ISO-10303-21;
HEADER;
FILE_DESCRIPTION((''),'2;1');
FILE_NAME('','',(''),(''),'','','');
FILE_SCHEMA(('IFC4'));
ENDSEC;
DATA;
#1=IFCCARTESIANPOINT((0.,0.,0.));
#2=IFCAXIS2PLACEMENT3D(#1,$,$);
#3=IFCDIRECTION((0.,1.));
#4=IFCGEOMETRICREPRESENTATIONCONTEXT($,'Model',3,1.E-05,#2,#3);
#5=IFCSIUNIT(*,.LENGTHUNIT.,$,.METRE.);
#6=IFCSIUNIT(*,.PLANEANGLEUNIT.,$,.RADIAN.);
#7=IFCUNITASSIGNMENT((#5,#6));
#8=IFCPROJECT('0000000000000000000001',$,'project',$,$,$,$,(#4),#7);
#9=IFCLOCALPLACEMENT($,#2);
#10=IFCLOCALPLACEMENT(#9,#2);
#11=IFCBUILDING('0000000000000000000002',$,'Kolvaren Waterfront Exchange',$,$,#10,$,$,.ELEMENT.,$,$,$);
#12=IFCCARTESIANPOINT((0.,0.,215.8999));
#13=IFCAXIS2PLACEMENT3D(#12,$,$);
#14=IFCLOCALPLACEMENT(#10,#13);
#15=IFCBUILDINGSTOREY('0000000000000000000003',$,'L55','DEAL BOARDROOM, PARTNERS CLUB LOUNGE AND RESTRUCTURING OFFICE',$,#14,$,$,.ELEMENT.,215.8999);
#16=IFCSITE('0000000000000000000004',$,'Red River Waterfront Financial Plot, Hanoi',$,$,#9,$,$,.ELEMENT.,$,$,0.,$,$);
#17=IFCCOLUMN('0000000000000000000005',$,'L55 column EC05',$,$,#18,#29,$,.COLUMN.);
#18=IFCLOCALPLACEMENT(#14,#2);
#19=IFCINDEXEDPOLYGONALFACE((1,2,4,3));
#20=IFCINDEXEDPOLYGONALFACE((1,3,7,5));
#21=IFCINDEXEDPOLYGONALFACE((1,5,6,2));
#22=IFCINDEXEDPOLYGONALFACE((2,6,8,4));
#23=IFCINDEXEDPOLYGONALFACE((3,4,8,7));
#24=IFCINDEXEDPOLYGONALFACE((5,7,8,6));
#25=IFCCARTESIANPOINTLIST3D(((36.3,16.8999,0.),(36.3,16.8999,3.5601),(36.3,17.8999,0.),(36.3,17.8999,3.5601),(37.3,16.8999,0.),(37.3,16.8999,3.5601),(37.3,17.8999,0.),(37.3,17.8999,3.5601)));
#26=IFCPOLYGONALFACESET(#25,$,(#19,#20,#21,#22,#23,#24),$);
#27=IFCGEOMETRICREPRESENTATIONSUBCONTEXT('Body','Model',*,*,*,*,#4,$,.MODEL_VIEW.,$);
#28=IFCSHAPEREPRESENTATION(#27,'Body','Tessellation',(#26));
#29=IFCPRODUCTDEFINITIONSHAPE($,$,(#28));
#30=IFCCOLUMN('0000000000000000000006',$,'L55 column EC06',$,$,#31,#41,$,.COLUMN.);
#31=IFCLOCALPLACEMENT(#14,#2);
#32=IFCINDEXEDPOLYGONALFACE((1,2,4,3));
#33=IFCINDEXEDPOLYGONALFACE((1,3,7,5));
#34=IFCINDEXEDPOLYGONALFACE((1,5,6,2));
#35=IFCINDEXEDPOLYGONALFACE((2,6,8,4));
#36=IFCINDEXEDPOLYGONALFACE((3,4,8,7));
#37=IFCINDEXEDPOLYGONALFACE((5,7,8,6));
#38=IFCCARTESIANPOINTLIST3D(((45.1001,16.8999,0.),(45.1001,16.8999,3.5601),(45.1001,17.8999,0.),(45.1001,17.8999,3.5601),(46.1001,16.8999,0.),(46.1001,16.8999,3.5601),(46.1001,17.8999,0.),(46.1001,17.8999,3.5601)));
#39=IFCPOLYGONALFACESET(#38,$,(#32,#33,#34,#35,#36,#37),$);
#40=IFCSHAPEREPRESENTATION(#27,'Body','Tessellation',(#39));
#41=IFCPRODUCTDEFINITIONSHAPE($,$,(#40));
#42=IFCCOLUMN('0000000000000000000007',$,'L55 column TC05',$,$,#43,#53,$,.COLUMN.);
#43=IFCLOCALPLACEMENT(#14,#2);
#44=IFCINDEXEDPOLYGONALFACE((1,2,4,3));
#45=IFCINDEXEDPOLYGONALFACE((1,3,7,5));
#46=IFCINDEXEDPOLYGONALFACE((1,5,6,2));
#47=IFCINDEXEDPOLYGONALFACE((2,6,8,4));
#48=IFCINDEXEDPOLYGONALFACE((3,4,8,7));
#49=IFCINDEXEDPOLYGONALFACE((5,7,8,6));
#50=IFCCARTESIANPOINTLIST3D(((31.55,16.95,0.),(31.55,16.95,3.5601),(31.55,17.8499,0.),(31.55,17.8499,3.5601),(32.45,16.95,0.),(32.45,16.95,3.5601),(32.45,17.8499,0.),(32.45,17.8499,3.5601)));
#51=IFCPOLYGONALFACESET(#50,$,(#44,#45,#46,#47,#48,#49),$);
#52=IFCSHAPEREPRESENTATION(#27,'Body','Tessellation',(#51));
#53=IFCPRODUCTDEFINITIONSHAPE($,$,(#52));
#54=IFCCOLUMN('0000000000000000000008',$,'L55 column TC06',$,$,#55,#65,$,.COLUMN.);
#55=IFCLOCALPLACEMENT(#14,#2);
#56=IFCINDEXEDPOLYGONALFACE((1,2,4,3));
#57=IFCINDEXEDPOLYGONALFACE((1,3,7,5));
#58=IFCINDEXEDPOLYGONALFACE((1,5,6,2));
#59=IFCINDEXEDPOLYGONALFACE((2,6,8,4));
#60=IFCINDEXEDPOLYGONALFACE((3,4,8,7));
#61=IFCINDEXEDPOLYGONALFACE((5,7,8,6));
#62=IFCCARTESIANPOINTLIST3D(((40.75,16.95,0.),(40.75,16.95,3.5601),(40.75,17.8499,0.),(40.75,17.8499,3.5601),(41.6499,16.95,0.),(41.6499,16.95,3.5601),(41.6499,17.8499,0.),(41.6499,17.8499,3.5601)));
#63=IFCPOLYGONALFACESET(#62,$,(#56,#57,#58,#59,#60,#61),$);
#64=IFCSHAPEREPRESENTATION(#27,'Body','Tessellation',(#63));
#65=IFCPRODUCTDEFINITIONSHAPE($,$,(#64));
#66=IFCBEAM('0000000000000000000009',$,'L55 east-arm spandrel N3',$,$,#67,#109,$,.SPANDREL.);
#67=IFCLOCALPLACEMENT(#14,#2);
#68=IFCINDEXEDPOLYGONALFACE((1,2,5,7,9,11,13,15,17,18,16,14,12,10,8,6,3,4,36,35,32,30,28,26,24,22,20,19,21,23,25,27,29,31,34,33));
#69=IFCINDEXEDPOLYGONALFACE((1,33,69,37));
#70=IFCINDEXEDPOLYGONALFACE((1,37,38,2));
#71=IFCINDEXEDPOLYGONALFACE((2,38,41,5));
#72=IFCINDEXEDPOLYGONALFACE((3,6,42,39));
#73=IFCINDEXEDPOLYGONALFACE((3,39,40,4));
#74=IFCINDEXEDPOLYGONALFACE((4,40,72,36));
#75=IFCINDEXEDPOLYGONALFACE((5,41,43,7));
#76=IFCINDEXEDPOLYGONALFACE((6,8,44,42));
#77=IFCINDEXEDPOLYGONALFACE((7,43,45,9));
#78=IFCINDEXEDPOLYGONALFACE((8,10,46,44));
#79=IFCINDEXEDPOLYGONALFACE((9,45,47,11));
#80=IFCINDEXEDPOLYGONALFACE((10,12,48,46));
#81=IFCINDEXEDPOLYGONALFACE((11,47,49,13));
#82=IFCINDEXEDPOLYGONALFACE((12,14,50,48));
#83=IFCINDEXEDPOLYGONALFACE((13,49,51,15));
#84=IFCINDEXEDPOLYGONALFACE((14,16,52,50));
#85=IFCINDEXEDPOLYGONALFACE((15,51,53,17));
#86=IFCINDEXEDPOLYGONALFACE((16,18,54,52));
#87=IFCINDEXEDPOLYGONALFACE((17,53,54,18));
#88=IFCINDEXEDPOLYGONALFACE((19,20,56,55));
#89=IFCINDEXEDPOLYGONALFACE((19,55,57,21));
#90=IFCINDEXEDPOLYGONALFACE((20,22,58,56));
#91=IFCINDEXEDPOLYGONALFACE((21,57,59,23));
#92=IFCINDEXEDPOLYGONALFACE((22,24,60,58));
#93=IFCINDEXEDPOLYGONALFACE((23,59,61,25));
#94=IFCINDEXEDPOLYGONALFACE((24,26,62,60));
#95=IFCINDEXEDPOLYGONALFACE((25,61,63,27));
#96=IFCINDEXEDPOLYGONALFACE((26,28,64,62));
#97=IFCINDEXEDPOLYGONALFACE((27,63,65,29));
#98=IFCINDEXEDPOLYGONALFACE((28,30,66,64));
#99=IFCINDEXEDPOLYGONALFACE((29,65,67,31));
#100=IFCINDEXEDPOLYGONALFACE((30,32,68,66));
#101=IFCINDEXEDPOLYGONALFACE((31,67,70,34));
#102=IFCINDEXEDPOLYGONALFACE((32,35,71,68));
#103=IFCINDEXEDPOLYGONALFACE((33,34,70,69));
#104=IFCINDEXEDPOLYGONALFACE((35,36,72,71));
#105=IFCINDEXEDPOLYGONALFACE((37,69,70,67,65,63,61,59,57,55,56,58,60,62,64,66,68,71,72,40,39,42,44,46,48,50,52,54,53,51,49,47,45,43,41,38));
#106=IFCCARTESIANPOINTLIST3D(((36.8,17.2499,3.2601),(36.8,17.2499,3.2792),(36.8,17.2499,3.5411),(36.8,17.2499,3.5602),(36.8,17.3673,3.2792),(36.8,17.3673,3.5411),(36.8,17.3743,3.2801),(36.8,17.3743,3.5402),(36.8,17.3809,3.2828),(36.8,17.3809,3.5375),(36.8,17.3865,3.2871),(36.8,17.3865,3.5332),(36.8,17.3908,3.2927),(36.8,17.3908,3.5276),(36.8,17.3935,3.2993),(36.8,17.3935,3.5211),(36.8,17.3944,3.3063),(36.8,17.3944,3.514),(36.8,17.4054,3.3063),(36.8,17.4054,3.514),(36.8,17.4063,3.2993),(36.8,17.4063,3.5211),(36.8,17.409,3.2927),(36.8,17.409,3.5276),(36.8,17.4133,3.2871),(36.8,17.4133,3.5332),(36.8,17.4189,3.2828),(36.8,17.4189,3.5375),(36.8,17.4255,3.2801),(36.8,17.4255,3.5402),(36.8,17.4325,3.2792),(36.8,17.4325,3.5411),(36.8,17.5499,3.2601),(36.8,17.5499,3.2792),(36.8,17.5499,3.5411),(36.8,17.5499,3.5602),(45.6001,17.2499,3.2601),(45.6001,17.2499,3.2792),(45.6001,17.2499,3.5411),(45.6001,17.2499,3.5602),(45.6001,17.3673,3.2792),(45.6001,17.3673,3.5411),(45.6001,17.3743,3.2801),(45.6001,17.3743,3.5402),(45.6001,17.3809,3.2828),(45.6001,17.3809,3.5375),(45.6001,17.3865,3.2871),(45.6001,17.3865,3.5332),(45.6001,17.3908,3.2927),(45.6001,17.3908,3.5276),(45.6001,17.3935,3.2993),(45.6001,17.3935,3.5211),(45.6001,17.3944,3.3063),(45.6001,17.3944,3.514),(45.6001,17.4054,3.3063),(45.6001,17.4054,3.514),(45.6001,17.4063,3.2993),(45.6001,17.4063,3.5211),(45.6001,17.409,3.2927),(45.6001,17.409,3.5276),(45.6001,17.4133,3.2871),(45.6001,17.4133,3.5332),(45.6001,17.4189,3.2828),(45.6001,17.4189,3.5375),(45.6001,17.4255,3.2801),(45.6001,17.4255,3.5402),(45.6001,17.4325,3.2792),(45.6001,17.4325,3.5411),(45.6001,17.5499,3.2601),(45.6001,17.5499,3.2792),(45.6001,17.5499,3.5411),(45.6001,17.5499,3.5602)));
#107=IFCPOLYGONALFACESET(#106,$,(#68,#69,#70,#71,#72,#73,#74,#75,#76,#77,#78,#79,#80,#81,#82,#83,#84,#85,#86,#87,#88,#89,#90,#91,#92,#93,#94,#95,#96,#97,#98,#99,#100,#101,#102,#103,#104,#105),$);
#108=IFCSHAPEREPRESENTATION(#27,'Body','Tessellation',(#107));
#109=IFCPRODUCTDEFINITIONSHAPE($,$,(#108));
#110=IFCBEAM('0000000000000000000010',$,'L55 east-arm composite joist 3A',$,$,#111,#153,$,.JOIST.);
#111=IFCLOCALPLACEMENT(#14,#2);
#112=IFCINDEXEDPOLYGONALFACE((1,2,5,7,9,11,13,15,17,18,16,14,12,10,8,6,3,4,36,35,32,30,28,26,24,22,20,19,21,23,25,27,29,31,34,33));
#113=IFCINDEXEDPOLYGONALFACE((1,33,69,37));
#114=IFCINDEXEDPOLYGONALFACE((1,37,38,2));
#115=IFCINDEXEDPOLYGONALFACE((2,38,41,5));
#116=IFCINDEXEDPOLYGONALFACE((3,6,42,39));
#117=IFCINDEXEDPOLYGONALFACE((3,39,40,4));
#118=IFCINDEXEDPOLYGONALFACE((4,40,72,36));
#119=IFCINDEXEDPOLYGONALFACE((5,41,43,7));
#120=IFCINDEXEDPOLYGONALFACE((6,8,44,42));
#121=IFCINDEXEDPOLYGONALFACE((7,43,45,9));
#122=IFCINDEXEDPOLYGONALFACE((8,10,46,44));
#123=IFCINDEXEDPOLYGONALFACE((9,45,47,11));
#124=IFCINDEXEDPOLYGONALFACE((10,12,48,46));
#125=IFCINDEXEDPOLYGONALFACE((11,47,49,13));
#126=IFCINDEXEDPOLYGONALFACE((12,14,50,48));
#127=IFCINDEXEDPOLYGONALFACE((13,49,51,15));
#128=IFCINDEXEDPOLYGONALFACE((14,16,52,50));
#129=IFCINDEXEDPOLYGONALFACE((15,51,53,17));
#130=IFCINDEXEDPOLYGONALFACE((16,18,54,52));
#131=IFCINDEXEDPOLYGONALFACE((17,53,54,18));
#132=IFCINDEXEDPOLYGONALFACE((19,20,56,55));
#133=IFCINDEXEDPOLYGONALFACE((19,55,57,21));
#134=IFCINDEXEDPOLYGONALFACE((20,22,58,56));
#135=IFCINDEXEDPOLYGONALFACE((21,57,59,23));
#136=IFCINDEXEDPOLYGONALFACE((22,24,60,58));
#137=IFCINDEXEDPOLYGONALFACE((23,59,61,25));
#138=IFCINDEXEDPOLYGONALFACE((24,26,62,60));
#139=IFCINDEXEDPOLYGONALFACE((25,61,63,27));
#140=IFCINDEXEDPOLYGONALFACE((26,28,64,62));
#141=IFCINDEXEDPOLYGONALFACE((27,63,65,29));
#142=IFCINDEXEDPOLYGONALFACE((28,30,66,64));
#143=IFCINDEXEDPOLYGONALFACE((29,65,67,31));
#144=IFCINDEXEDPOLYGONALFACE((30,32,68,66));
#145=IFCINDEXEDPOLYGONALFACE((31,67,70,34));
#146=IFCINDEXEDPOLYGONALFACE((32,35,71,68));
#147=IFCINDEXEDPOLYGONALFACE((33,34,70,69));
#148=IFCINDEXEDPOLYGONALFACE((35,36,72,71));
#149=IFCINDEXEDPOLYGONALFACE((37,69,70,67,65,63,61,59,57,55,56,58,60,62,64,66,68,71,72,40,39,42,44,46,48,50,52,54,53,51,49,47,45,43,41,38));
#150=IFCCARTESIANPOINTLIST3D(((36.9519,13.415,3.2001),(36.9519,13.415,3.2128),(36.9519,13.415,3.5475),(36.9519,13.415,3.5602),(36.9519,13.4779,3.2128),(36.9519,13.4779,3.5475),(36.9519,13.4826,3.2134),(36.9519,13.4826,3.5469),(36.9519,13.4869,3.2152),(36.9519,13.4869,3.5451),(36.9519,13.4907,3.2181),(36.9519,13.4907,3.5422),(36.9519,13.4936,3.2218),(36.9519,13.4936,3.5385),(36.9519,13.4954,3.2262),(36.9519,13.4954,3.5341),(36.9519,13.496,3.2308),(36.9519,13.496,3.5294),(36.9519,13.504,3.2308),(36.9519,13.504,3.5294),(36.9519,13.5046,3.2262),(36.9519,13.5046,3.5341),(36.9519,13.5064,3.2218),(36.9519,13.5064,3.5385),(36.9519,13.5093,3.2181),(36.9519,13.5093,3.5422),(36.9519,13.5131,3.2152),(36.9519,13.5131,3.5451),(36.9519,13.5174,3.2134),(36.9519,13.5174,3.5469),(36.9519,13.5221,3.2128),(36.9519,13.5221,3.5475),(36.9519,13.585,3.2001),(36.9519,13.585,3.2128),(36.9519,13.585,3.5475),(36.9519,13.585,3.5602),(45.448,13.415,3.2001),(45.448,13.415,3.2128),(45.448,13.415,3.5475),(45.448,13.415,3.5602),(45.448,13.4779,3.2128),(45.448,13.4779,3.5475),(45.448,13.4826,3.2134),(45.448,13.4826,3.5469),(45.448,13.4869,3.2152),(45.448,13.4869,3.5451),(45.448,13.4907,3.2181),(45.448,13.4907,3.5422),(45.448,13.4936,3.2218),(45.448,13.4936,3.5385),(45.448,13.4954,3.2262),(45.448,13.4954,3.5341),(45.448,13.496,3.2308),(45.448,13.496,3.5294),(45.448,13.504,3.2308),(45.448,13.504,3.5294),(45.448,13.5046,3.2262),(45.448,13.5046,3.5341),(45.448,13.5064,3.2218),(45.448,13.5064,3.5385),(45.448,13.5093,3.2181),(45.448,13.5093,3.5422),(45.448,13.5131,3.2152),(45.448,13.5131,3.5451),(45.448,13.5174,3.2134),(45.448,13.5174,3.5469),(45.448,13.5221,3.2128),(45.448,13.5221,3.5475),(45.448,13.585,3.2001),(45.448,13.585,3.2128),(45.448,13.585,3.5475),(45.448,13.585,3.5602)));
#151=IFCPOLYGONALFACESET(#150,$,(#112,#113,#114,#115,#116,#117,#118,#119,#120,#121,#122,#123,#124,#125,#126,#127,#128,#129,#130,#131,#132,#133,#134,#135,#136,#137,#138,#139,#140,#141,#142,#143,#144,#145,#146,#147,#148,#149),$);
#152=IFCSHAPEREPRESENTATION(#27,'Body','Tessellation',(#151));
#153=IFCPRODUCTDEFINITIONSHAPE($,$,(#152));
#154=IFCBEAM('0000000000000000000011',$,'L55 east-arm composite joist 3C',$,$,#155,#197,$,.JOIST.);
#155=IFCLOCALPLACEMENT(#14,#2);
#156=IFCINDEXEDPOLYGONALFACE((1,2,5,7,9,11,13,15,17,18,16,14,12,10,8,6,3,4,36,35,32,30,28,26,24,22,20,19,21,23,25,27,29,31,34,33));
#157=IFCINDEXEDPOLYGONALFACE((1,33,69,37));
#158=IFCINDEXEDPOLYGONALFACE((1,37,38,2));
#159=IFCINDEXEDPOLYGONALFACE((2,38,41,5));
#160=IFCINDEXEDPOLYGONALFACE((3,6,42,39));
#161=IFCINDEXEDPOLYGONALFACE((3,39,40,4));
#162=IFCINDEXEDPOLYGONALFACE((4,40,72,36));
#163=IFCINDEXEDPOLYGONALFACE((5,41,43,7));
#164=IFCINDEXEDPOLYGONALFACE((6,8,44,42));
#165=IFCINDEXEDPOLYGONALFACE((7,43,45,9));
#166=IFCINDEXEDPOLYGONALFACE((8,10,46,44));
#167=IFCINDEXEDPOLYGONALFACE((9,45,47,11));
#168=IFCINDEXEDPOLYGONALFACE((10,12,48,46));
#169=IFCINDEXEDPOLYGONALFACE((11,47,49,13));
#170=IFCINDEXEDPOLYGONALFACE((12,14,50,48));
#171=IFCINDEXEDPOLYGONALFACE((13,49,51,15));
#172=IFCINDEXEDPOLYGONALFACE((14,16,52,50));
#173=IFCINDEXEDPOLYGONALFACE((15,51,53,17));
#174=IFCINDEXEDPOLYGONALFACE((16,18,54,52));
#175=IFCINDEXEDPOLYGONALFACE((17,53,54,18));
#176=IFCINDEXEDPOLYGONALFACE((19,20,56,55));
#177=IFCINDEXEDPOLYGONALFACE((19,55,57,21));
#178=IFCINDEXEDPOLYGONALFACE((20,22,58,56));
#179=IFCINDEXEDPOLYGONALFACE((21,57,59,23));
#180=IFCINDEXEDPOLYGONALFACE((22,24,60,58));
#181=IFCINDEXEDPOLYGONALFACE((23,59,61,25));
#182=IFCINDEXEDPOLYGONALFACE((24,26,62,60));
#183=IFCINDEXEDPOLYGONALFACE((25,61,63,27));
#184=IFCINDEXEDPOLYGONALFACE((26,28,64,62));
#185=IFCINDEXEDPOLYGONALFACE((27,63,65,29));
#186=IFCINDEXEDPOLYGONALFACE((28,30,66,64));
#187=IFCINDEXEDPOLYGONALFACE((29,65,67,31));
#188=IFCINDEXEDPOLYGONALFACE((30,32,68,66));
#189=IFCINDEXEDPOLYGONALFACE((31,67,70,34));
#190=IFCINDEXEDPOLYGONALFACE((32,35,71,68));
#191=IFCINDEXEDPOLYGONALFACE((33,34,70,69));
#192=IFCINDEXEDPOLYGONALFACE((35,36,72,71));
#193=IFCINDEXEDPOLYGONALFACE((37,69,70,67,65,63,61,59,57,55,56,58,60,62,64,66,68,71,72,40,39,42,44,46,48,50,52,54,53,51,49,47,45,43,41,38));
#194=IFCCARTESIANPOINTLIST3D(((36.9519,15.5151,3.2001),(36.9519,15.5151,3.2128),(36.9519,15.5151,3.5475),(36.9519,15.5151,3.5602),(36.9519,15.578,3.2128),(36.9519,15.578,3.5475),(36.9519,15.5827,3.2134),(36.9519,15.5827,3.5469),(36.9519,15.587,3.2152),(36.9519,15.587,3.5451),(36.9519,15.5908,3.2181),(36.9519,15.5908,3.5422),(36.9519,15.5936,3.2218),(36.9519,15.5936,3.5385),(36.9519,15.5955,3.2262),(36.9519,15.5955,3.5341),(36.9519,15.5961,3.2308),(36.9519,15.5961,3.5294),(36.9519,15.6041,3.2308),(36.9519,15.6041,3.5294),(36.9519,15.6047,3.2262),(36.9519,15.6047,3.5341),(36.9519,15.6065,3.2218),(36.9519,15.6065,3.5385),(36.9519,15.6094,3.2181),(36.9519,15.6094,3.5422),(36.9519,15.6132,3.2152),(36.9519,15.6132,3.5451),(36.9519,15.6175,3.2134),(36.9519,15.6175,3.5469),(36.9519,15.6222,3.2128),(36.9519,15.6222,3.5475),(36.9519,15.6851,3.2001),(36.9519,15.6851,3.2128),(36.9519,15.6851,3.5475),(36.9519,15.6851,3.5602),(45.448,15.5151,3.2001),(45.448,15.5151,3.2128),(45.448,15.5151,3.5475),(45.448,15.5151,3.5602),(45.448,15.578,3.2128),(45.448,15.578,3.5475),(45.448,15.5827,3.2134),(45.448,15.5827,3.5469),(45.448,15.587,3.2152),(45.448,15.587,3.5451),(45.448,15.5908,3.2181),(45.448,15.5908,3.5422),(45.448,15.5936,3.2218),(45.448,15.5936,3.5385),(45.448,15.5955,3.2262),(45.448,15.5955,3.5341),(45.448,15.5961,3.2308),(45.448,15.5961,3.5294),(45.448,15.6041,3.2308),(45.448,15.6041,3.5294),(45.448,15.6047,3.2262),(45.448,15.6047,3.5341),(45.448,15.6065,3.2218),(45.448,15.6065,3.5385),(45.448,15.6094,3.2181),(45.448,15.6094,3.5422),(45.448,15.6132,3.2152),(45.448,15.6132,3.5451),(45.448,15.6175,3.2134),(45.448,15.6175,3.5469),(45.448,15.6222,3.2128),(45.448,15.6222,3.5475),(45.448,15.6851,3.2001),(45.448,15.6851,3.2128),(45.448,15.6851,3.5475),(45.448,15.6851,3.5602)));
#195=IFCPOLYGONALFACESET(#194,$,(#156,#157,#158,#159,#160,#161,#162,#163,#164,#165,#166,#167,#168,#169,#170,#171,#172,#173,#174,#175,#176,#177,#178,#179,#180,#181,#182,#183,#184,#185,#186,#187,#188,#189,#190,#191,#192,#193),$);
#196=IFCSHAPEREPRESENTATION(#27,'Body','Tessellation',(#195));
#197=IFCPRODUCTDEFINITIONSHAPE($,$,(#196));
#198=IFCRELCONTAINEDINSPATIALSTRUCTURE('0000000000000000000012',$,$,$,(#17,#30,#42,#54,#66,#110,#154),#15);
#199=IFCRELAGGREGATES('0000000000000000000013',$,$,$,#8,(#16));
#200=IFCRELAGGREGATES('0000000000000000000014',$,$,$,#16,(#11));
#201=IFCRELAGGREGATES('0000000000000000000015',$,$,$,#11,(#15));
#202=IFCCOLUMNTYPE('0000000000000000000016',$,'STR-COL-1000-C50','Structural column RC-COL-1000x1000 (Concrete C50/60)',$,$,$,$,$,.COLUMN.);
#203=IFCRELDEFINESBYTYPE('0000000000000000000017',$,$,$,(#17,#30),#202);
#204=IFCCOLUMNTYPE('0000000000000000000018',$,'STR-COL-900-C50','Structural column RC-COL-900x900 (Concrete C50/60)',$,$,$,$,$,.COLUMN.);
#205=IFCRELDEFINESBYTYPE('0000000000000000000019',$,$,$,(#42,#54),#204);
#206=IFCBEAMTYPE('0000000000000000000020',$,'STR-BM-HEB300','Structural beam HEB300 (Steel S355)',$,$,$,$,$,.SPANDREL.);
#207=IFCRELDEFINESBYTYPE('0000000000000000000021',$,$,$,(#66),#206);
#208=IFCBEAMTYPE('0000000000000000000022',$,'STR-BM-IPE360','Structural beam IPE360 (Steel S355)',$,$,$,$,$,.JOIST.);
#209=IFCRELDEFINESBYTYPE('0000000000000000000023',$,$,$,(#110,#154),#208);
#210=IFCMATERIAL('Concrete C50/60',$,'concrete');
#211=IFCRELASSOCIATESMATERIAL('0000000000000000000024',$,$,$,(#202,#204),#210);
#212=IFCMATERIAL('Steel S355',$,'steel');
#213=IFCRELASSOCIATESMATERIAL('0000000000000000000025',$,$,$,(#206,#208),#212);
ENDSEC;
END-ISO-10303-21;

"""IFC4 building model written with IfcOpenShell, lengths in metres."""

from ifc_helpers import new_model, si_unit, direction, frame, origin, origin_2d, place, context, subcontext, project, spatial, rectangle, i_section, extrude, material, material_profile, profile_set, type_object, element, save


model = new_model("IFC4")

# Units and contexts
model_context = context("Model", 3, precision=1e-05, world=origin(), true_north=direction((0.0, 1.0)))
body_context = subcontext(model_context, "Body", "Model", "MODEL_VIEW")
ifc_project = project(units=[si_unit("LENGTHUNIT", "METRE"), si_unit("PLANEANGLEUNIT", "RADIAN")], contexts=[model_context])

# Site, building, storey
site_placement = place(None, origin())
site = spatial("IfcSite", under=ifc_project, at=site_placement, Name="Red River Waterfront Financial Plot, Hanoi", CompositionType="ELEMENT", RefElevation=0.0)
building_placement = place(site_placement, origin())
building = spatial("IfcBuilding", under=site, at=building_placement, Name="Kolvaren Waterfront Exchange", CompositionType="ELEMENT")
storey_placement = place(building_placement, frame((0.0, 0.0, 215.8999)))
storey = spatial("IfcBuildingStorey", under=building, at=storey_placement, Name="L55", Description="DEAL BOARDROOM, PARTNERS CLUB LOUNGE AND RESTRUCTURING OFFICE", CompositionType="ELEMENT", Elevation=215.8999)

# Columns
ifc_material_1 = material(Name="Concrete C50/60", Category="concrete")
ifc_material_profile_1 = material_profile(ifc_material_1, rectangle(XDim=1.0, YDim=1.0, at=origin_2d()), Name="RC-COL-1000x1000")
ifc_profile_set_1 = profile_set([ifc_material_profile_1], Name="Concrete C50/60")
column_type_1 = type_object("IfcColumnType", Name="STR-COL-1000-C50", Description="Structural column RC-COL-1000x1000 (Concrete C50/60)", PredefinedType="COLUMN", material=ifc_profile_set_1)
for number, where, z_axis, x_axis, name in (
    (1, (36.8, 17.3999, 0.0), (0.0, 0.0, 1.0), (1.0, 0.0, 0.0), "L55 column EC05"),
    (2, (45.6001, 17.3999, 0.0), (0.0, 0.0, 1.0), (1.0, 0.0, 0.0), "L55 column EC06"),
):
    element("IfcColumn", number, at=place(storey_placement, frame(where, z_axis=z_axis, x_axis=x_axis)), inside=storey, type_object=column_type_1, Name=name, PredefinedType="COLUMN", context=body_context, shape_type="SweptSolid", body=[
        extrude(rectangle(XDim=1.0, YDim=1.0, at=origin_2d()), origin(), (0.0, 0.0, 1.0), 3.5601),
    ])
ifc_material_profile_2 = material_profile(ifc_material_1, rectangle(XDim=0.8999, YDim=0.8999, at=origin_2d()), Name="RC-COL-900x900")
ifc_profile_set_2 = profile_set([ifc_material_profile_2], Name="Concrete C50/60")
column_type_2 = type_object("IfcColumnType", Name="STR-COL-900-C50", Description="Structural column RC-COL-900x900 (Concrete C50/60)", PredefinedType="COLUMN", material=ifc_profile_set_2)
for number, where, z_axis, x_axis, name in (
    (3, (32.0, 17.3999, 0.0), (0.0, 0.0, 1.0), (1.0, 0.0, 0.0), "L55 column TC05"),
    (4, (41.2, 17.3999, 0.0), (0.0, 0.0, 1.0), (1.0, 0.0, 0.0), "L55 column TC06"),
):
    element("IfcColumn", number, at=place(storey_placement, frame(where, z_axis=z_axis, x_axis=x_axis)), inside=storey, type_object=column_type_2, Name=name, PredefinedType="COLUMN", context=body_context, shape_type="SweptSolid", body=[
        extrude(rectangle(XDim=0.8999, YDim=0.8999, at=origin_2d()), origin(), (0.0, 0.0, 1.0), 3.5601),
    ])

# Beams
ifc_material_2 = material(Name="Steel S355", Category="steel")
ifc_material_profile_3 = material_profile(ifc_material_2, i_section(OverallWidth=0.3, OverallDepth=0.3, WebThickness=0.011, FlangeThickness=0.019, FilletRadius=0.0271, at=origin_2d()), Name="HEB300")
ifc_profile_set_3 = profile_set([ifc_material_profile_3], Name="Steel S355")
beam_type_1 = type_object("IfcBeamType", Name="STR-BM-HEB300", Description="Structural beam HEB300 (Steel S355)", PredefinedType="SPANDREL", material=ifc_profile_set_3)
beam_placement = place(storey_placement, frame((36.8, 17.3999, 3.4102), z_axis=(1.0, 0.0, 0.0), x_axis=(0.0, 1.0, 0.0)))
element("IfcBeam", 5, at=beam_placement, inside=storey, type_object=beam_type_1, Name="L55 east-arm spandrel N3", PredefinedType="SPANDREL", context=body_context, shape_type="SweptSolid", body=[
    extrude(i_section(OverallWidth=0.3, OverallDepth=0.3, WebThickness=0.011, FlangeThickness=0.019, FilletRadius=0.0271, at=origin_2d()), origin(), (0.0, 0.0, 1.0), 8.8),
])
ifc_material_profile_4 = material_profile(ifc_material_2, i_section(OverallWidth=0.1699, OverallDepth=0.3601, WebThickness=0.0081, FlangeThickness=0.0127, FilletRadius=0.0181, at=origin_2d()), Name="IPE360")
ifc_profile_set_4 = profile_set([ifc_material_profile_4], Name="Steel S355")
beam_type_2 = type_object("IfcBeamType", Name="STR-BM-IPE360", Description="Structural beam IPE360 (Steel S355)", PredefinedType="JOIST", material=ifc_profile_set_4)
for number, where, z_axis, x_axis, name in (
    (6, (36.9519, 13.5, 3.3801), (1.0, 0.0, 0.0), (0.0, 1.0, 0.0), "L55 east-arm composite joist 3A"),
    (7, (36.9519, 15.6001, 3.3801), (1.0, 0.0, 0.0), (0.0, 1.0, 0.0), "L55 east-arm composite joist 3C"),
):
    element("IfcBeam", number, at=place(storey_placement, frame(where, z_axis=z_axis, x_axis=x_axis)), inside=storey, type_object=beam_type_2, Name=name, PredefinedType="JOIST", context=body_context, shape_type="SweptSolid", body=[
        extrude(i_section(OverallWidth=0.1699, OverallDepth=0.3601, WebThickness=0.0081, FlangeThickness=0.0127, FilletRadius=0.0181, at=origin_2d()), origin(), (0.0, 0.0, 1.0), 8.4961),
    ])

save(model, "model.ifc")
